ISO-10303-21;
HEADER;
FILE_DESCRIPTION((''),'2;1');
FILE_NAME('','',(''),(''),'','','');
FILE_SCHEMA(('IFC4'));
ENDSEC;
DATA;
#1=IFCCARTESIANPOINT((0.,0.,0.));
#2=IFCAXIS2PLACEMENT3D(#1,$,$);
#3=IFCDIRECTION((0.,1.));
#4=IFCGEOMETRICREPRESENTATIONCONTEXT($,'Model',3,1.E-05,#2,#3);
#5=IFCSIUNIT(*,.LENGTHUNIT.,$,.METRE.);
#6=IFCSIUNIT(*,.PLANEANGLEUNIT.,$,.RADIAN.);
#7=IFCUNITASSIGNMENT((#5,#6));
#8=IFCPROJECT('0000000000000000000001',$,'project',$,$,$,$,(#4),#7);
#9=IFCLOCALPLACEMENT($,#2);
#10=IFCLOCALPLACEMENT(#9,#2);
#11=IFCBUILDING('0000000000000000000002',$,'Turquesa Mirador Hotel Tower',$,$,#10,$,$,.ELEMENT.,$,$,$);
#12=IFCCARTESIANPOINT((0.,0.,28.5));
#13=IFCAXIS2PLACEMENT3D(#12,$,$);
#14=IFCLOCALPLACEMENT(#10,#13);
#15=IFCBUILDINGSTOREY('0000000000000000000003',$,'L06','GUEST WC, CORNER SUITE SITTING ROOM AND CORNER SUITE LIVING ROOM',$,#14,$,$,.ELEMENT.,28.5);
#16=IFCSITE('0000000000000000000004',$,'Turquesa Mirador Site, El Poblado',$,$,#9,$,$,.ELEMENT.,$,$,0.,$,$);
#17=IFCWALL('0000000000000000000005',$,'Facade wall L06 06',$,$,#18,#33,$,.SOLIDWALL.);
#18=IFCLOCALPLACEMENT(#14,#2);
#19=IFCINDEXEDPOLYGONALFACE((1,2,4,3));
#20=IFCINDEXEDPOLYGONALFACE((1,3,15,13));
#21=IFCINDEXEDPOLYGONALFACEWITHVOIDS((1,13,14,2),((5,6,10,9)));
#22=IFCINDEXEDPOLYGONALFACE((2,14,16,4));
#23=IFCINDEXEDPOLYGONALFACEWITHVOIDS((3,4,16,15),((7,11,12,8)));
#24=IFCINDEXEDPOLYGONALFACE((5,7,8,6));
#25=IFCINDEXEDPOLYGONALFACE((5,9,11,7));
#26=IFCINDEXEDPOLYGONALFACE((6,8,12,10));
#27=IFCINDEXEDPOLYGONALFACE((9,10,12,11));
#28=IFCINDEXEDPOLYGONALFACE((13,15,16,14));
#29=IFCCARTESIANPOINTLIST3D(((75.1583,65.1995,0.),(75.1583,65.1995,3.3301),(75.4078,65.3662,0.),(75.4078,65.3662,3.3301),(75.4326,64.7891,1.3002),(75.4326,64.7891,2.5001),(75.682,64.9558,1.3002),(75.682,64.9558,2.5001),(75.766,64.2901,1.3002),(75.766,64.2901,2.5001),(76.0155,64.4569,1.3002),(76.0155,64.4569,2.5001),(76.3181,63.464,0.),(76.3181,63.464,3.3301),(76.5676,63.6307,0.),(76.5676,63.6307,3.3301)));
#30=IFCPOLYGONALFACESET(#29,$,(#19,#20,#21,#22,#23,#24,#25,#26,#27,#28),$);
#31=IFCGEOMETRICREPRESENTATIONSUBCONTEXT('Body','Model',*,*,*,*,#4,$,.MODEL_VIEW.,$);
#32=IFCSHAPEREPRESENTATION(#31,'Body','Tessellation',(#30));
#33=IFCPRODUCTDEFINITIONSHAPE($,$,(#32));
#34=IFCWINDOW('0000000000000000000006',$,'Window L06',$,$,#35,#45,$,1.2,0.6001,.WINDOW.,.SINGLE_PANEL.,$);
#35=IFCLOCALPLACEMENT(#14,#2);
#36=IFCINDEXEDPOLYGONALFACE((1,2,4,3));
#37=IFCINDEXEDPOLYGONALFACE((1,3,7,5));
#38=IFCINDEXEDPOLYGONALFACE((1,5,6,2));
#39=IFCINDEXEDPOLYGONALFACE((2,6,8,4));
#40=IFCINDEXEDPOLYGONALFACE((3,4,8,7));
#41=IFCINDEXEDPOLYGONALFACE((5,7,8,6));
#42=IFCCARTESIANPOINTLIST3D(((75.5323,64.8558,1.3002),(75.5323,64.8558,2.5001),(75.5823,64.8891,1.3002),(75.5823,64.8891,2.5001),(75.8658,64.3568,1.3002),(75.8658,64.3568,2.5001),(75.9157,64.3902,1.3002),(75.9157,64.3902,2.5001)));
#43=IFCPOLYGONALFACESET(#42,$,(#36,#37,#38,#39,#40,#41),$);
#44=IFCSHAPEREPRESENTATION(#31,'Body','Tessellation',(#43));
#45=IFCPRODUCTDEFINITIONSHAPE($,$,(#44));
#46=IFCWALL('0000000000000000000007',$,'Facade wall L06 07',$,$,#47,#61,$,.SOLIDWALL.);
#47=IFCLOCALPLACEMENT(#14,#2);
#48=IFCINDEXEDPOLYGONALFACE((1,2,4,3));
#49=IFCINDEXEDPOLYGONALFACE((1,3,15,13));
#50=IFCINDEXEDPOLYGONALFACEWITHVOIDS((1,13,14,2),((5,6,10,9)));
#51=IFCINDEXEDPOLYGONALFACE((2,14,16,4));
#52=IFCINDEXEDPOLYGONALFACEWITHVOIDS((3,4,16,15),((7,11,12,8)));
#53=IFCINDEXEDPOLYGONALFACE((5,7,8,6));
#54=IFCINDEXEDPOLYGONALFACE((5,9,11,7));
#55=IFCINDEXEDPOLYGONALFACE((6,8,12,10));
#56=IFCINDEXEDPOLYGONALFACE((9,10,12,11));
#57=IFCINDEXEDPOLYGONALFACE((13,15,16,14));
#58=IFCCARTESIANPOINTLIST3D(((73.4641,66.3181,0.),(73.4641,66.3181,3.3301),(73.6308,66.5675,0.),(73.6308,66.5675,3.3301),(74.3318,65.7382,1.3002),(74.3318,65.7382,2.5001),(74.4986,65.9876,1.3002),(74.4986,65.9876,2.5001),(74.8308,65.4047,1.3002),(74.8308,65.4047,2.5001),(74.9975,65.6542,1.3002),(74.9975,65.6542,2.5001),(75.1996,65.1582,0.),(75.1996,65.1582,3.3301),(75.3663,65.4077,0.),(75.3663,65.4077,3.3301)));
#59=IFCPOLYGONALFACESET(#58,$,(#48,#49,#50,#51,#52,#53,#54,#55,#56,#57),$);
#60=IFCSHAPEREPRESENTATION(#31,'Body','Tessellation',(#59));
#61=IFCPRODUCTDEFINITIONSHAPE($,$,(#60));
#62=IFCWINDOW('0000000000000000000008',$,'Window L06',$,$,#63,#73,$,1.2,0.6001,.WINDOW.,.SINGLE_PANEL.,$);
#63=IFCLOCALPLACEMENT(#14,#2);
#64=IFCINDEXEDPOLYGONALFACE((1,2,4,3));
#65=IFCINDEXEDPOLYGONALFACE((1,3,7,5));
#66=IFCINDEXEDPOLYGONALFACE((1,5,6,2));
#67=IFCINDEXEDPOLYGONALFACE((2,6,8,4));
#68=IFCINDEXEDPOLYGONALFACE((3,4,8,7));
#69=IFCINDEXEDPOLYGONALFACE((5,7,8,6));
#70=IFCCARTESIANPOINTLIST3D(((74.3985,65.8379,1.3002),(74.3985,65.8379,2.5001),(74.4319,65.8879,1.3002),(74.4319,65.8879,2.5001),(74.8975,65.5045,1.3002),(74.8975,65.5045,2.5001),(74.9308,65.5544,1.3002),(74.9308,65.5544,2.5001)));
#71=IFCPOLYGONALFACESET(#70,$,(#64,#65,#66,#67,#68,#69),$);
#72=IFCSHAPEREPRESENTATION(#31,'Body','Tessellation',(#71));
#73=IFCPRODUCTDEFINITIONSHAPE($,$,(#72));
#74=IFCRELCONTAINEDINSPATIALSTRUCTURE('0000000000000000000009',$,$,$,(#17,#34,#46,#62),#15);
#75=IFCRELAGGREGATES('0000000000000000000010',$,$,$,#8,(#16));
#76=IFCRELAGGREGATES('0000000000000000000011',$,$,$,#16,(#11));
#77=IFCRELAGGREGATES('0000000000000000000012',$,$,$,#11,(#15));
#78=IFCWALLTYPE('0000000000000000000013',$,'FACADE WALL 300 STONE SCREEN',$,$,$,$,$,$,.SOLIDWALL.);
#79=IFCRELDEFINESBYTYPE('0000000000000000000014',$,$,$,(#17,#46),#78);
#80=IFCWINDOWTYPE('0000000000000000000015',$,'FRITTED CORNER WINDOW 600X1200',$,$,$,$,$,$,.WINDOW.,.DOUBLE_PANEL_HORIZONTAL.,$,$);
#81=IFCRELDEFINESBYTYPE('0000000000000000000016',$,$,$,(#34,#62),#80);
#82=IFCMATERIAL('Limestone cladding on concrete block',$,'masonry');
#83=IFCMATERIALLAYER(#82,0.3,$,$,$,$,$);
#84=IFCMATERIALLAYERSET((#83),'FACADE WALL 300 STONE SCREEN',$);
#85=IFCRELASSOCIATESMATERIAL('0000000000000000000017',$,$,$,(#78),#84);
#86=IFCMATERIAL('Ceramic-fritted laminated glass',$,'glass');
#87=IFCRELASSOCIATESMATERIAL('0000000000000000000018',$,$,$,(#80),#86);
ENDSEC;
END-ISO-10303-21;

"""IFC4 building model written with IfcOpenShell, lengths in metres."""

from ifc_helpers import new_model, si_unit, direction, frame, frame_2d, origin, place, context, subcontext, project, spatial, rectangle, extrude, material, layer, layer_set, type_object, element, fill, save


model = new_model("IFC4")

# Units and contexts
model_context = context("Model", 3, precision=1e-05, world=origin(), true_north=direction((0.0, 1.0)))
body_context = subcontext(model_context, "Body", "Model", "MODEL_VIEW")
ifc_project = project(units=[si_unit("LENGTHUNIT", "METRE"), si_unit("PLANEANGLEUNIT", "RADIAN")], contexts=[model_context])

# Site, building, storey
site_placement = place(None, origin())
site = spatial("IfcSite", under=ifc_project, at=site_placement, Name="Turquesa Mirador Site, El Poblado", CompositionType="ELEMENT", RefElevation=0.0)
building_placement = place(site_placement, origin())
building = spatial("IfcBuilding", under=site, at=building_placement, Name="Turquesa Mirador Hotel Tower", CompositionType="ELEMENT")
storey_placement = place(building_placement, frame((0.0, 0.0, 28.5)))
storey = spatial("IfcBuildingStorey", under=building, at=storey_placement, Name="L06", Description="GUEST WC, CORNER SUITE SITTING ROOM AND CORNER SUITE LIVING ROOM", CompositionType="ELEMENT", Elevation=28.5)

# Walls, openings, windows
ifc_material_1 = material(Name="Limestone cladding on concrete block", Category="masonry")
ifc_layer = layer(ifc_material_1, 0.3)
ifc_layer_set = layer_set([ifc_layer], Name="FACADE WALL 300 STONE SCREEN")
wall_type = type_object("IfcWallType", Name="FACADE WALL 300 STONE SCREEN", PredefinedType="SOLIDWALL", material=ifc_layer_set)
wall_1_placement = place(storey_placement, frame((76.4429, 63.5474, 0.0), z_axis=(0.0, 0.0, 1.0), x_axis=(-0.555644, 0.83142, 0.0)))
wall_1 = element("IfcWall", 1, at=wall_1_placement, inside=storey, type_object=wall_type, Name="Facade wall L06 06", PredefinedType="SOLIDWALL", context=body_context, shape_type="SweptSolid", body=[
    extrude(rectangle(XDim=2.0874, YDim=0.3, at=frame_2d((1.0437, 0.0))), origin(), (0.0, 0.0, 1.0), 3.3301),
])
opening_1_placement = place(wall_1_placement, frame((0.9937, 0.0, 1.3)))
opening_1 = element("IfcOpeningElement", 2, at=opening_1_placement, cuts=wall_1, PredefinedType="OPENING", context=body_context, shape_type="SweptSolid", body=[
    extrude(rectangle(XDim=0.6001, YDim=1.2, at=frame_2d((0.3, 0.6001))), frame((0.0, 0.1599, 0.0), z_axis=(0.0, -1.0, 0.0), x_axis=(1.0, 0.0, 0.0)), (0.0, 0.0, 1.0), 0.3201),
])
ifc_material_2 = material(Name="Ceramic-fritted laminated glass", Category="glass")
window_type_1 = type_object("IfcWindowType", Name="FRITTED CORNER WINDOW 600X1200", PartitioningType="DOUBLE_PANEL_HORIZONTAL", PredefinedType="WINDOW", material=ifc_material_2)
window_1_placement = place(opening_1_placement, origin())
window_1 = element("IfcWindow", 3, at=window_1_placement, inside=storey, type_object=window_type_1, Name="Window L06", OverallHeight=1.2, OverallWidth=0.6001, PartitioningType="SINGLE_PANEL", PredefinedType="WINDOW", context=body_context, shape_type="SweptSolid", body=[
    extrude(rectangle(XDim=0.6001, YDim=1.2, at=frame_2d((0.3, 0.6001))), frame((0.0, 0.03, 0.0), z_axis=(0.0, -1.0, 0.0), x_axis=(1.0, 0.0, 0.0)), (0.0, 0.0, 1.0), 0.0601),
])
fill(opening_1, window_1)
wall_2_placement = place(storey_placement, frame((75.283, 65.283, 0.0), z_axis=(0.0, 0.0, 1.0), x_axis=(-0.83142, 0.555644, 0.0)))
wall_2 = element("IfcWall", 4, at=wall_2_placement, inside=storey, type_object=wall_type, Name="Facade wall L06 07", PredefinedType="SOLIDWALL", context=body_context, shape_type="SweptSolid", body=[
    extrude(rectangle(XDim=2.0874, YDim=0.3, at=frame_2d((1.0437, 0.0))), origin(), (0.0, 0.0, 1.0), 3.3301),
])
opening_2_placement = place(wall_2_placement, frame((0.4436, 0.0, 1.3)))
opening_2 = element("IfcOpeningElement", 5, at=opening_2_placement, cuts=wall_2, PredefinedType="OPENING", context=body_context, shape_type="SweptSolid", body=[
    extrude(rectangle(XDim=0.6001, YDim=1.2, at=frame_2d((0.3, 0.6001))), frame((0.0, 0.1599, 0.0), z_axis=(0.0, -1.0, 0.0), x_axis=(1.0, 0.0, 0.0)), (0.0, 0.0, 1.0), 0.3201),
])
window_2_placement = place(opening_2_placement, origin())
window_2 = element("IfcWindow", 6, at=window_2_placement, inside=storey, type_object=window_type_1, Name="Window L06", OverallHeight=1.2, OverallWidth=0.6001, PartitioningType="SINGLE_PANEL", PredefinedType="WINDOW", context=body_context, shape_type="SweptSolid", body=[
    extrude(rectangle(XDim=0.6001, YDim=1.2, at=frame_2d((0.3, 0.6001))), frame((0.0, 0.03, 0.0), z_axis=(0.0, -1.0, 0.0), x_axis=(1.0, 0.0, 0.0)), (0.0, 0.0, 1.0), 0.0601),
])
fill(opening_2, window_2)

save(model, "model.ifc")
